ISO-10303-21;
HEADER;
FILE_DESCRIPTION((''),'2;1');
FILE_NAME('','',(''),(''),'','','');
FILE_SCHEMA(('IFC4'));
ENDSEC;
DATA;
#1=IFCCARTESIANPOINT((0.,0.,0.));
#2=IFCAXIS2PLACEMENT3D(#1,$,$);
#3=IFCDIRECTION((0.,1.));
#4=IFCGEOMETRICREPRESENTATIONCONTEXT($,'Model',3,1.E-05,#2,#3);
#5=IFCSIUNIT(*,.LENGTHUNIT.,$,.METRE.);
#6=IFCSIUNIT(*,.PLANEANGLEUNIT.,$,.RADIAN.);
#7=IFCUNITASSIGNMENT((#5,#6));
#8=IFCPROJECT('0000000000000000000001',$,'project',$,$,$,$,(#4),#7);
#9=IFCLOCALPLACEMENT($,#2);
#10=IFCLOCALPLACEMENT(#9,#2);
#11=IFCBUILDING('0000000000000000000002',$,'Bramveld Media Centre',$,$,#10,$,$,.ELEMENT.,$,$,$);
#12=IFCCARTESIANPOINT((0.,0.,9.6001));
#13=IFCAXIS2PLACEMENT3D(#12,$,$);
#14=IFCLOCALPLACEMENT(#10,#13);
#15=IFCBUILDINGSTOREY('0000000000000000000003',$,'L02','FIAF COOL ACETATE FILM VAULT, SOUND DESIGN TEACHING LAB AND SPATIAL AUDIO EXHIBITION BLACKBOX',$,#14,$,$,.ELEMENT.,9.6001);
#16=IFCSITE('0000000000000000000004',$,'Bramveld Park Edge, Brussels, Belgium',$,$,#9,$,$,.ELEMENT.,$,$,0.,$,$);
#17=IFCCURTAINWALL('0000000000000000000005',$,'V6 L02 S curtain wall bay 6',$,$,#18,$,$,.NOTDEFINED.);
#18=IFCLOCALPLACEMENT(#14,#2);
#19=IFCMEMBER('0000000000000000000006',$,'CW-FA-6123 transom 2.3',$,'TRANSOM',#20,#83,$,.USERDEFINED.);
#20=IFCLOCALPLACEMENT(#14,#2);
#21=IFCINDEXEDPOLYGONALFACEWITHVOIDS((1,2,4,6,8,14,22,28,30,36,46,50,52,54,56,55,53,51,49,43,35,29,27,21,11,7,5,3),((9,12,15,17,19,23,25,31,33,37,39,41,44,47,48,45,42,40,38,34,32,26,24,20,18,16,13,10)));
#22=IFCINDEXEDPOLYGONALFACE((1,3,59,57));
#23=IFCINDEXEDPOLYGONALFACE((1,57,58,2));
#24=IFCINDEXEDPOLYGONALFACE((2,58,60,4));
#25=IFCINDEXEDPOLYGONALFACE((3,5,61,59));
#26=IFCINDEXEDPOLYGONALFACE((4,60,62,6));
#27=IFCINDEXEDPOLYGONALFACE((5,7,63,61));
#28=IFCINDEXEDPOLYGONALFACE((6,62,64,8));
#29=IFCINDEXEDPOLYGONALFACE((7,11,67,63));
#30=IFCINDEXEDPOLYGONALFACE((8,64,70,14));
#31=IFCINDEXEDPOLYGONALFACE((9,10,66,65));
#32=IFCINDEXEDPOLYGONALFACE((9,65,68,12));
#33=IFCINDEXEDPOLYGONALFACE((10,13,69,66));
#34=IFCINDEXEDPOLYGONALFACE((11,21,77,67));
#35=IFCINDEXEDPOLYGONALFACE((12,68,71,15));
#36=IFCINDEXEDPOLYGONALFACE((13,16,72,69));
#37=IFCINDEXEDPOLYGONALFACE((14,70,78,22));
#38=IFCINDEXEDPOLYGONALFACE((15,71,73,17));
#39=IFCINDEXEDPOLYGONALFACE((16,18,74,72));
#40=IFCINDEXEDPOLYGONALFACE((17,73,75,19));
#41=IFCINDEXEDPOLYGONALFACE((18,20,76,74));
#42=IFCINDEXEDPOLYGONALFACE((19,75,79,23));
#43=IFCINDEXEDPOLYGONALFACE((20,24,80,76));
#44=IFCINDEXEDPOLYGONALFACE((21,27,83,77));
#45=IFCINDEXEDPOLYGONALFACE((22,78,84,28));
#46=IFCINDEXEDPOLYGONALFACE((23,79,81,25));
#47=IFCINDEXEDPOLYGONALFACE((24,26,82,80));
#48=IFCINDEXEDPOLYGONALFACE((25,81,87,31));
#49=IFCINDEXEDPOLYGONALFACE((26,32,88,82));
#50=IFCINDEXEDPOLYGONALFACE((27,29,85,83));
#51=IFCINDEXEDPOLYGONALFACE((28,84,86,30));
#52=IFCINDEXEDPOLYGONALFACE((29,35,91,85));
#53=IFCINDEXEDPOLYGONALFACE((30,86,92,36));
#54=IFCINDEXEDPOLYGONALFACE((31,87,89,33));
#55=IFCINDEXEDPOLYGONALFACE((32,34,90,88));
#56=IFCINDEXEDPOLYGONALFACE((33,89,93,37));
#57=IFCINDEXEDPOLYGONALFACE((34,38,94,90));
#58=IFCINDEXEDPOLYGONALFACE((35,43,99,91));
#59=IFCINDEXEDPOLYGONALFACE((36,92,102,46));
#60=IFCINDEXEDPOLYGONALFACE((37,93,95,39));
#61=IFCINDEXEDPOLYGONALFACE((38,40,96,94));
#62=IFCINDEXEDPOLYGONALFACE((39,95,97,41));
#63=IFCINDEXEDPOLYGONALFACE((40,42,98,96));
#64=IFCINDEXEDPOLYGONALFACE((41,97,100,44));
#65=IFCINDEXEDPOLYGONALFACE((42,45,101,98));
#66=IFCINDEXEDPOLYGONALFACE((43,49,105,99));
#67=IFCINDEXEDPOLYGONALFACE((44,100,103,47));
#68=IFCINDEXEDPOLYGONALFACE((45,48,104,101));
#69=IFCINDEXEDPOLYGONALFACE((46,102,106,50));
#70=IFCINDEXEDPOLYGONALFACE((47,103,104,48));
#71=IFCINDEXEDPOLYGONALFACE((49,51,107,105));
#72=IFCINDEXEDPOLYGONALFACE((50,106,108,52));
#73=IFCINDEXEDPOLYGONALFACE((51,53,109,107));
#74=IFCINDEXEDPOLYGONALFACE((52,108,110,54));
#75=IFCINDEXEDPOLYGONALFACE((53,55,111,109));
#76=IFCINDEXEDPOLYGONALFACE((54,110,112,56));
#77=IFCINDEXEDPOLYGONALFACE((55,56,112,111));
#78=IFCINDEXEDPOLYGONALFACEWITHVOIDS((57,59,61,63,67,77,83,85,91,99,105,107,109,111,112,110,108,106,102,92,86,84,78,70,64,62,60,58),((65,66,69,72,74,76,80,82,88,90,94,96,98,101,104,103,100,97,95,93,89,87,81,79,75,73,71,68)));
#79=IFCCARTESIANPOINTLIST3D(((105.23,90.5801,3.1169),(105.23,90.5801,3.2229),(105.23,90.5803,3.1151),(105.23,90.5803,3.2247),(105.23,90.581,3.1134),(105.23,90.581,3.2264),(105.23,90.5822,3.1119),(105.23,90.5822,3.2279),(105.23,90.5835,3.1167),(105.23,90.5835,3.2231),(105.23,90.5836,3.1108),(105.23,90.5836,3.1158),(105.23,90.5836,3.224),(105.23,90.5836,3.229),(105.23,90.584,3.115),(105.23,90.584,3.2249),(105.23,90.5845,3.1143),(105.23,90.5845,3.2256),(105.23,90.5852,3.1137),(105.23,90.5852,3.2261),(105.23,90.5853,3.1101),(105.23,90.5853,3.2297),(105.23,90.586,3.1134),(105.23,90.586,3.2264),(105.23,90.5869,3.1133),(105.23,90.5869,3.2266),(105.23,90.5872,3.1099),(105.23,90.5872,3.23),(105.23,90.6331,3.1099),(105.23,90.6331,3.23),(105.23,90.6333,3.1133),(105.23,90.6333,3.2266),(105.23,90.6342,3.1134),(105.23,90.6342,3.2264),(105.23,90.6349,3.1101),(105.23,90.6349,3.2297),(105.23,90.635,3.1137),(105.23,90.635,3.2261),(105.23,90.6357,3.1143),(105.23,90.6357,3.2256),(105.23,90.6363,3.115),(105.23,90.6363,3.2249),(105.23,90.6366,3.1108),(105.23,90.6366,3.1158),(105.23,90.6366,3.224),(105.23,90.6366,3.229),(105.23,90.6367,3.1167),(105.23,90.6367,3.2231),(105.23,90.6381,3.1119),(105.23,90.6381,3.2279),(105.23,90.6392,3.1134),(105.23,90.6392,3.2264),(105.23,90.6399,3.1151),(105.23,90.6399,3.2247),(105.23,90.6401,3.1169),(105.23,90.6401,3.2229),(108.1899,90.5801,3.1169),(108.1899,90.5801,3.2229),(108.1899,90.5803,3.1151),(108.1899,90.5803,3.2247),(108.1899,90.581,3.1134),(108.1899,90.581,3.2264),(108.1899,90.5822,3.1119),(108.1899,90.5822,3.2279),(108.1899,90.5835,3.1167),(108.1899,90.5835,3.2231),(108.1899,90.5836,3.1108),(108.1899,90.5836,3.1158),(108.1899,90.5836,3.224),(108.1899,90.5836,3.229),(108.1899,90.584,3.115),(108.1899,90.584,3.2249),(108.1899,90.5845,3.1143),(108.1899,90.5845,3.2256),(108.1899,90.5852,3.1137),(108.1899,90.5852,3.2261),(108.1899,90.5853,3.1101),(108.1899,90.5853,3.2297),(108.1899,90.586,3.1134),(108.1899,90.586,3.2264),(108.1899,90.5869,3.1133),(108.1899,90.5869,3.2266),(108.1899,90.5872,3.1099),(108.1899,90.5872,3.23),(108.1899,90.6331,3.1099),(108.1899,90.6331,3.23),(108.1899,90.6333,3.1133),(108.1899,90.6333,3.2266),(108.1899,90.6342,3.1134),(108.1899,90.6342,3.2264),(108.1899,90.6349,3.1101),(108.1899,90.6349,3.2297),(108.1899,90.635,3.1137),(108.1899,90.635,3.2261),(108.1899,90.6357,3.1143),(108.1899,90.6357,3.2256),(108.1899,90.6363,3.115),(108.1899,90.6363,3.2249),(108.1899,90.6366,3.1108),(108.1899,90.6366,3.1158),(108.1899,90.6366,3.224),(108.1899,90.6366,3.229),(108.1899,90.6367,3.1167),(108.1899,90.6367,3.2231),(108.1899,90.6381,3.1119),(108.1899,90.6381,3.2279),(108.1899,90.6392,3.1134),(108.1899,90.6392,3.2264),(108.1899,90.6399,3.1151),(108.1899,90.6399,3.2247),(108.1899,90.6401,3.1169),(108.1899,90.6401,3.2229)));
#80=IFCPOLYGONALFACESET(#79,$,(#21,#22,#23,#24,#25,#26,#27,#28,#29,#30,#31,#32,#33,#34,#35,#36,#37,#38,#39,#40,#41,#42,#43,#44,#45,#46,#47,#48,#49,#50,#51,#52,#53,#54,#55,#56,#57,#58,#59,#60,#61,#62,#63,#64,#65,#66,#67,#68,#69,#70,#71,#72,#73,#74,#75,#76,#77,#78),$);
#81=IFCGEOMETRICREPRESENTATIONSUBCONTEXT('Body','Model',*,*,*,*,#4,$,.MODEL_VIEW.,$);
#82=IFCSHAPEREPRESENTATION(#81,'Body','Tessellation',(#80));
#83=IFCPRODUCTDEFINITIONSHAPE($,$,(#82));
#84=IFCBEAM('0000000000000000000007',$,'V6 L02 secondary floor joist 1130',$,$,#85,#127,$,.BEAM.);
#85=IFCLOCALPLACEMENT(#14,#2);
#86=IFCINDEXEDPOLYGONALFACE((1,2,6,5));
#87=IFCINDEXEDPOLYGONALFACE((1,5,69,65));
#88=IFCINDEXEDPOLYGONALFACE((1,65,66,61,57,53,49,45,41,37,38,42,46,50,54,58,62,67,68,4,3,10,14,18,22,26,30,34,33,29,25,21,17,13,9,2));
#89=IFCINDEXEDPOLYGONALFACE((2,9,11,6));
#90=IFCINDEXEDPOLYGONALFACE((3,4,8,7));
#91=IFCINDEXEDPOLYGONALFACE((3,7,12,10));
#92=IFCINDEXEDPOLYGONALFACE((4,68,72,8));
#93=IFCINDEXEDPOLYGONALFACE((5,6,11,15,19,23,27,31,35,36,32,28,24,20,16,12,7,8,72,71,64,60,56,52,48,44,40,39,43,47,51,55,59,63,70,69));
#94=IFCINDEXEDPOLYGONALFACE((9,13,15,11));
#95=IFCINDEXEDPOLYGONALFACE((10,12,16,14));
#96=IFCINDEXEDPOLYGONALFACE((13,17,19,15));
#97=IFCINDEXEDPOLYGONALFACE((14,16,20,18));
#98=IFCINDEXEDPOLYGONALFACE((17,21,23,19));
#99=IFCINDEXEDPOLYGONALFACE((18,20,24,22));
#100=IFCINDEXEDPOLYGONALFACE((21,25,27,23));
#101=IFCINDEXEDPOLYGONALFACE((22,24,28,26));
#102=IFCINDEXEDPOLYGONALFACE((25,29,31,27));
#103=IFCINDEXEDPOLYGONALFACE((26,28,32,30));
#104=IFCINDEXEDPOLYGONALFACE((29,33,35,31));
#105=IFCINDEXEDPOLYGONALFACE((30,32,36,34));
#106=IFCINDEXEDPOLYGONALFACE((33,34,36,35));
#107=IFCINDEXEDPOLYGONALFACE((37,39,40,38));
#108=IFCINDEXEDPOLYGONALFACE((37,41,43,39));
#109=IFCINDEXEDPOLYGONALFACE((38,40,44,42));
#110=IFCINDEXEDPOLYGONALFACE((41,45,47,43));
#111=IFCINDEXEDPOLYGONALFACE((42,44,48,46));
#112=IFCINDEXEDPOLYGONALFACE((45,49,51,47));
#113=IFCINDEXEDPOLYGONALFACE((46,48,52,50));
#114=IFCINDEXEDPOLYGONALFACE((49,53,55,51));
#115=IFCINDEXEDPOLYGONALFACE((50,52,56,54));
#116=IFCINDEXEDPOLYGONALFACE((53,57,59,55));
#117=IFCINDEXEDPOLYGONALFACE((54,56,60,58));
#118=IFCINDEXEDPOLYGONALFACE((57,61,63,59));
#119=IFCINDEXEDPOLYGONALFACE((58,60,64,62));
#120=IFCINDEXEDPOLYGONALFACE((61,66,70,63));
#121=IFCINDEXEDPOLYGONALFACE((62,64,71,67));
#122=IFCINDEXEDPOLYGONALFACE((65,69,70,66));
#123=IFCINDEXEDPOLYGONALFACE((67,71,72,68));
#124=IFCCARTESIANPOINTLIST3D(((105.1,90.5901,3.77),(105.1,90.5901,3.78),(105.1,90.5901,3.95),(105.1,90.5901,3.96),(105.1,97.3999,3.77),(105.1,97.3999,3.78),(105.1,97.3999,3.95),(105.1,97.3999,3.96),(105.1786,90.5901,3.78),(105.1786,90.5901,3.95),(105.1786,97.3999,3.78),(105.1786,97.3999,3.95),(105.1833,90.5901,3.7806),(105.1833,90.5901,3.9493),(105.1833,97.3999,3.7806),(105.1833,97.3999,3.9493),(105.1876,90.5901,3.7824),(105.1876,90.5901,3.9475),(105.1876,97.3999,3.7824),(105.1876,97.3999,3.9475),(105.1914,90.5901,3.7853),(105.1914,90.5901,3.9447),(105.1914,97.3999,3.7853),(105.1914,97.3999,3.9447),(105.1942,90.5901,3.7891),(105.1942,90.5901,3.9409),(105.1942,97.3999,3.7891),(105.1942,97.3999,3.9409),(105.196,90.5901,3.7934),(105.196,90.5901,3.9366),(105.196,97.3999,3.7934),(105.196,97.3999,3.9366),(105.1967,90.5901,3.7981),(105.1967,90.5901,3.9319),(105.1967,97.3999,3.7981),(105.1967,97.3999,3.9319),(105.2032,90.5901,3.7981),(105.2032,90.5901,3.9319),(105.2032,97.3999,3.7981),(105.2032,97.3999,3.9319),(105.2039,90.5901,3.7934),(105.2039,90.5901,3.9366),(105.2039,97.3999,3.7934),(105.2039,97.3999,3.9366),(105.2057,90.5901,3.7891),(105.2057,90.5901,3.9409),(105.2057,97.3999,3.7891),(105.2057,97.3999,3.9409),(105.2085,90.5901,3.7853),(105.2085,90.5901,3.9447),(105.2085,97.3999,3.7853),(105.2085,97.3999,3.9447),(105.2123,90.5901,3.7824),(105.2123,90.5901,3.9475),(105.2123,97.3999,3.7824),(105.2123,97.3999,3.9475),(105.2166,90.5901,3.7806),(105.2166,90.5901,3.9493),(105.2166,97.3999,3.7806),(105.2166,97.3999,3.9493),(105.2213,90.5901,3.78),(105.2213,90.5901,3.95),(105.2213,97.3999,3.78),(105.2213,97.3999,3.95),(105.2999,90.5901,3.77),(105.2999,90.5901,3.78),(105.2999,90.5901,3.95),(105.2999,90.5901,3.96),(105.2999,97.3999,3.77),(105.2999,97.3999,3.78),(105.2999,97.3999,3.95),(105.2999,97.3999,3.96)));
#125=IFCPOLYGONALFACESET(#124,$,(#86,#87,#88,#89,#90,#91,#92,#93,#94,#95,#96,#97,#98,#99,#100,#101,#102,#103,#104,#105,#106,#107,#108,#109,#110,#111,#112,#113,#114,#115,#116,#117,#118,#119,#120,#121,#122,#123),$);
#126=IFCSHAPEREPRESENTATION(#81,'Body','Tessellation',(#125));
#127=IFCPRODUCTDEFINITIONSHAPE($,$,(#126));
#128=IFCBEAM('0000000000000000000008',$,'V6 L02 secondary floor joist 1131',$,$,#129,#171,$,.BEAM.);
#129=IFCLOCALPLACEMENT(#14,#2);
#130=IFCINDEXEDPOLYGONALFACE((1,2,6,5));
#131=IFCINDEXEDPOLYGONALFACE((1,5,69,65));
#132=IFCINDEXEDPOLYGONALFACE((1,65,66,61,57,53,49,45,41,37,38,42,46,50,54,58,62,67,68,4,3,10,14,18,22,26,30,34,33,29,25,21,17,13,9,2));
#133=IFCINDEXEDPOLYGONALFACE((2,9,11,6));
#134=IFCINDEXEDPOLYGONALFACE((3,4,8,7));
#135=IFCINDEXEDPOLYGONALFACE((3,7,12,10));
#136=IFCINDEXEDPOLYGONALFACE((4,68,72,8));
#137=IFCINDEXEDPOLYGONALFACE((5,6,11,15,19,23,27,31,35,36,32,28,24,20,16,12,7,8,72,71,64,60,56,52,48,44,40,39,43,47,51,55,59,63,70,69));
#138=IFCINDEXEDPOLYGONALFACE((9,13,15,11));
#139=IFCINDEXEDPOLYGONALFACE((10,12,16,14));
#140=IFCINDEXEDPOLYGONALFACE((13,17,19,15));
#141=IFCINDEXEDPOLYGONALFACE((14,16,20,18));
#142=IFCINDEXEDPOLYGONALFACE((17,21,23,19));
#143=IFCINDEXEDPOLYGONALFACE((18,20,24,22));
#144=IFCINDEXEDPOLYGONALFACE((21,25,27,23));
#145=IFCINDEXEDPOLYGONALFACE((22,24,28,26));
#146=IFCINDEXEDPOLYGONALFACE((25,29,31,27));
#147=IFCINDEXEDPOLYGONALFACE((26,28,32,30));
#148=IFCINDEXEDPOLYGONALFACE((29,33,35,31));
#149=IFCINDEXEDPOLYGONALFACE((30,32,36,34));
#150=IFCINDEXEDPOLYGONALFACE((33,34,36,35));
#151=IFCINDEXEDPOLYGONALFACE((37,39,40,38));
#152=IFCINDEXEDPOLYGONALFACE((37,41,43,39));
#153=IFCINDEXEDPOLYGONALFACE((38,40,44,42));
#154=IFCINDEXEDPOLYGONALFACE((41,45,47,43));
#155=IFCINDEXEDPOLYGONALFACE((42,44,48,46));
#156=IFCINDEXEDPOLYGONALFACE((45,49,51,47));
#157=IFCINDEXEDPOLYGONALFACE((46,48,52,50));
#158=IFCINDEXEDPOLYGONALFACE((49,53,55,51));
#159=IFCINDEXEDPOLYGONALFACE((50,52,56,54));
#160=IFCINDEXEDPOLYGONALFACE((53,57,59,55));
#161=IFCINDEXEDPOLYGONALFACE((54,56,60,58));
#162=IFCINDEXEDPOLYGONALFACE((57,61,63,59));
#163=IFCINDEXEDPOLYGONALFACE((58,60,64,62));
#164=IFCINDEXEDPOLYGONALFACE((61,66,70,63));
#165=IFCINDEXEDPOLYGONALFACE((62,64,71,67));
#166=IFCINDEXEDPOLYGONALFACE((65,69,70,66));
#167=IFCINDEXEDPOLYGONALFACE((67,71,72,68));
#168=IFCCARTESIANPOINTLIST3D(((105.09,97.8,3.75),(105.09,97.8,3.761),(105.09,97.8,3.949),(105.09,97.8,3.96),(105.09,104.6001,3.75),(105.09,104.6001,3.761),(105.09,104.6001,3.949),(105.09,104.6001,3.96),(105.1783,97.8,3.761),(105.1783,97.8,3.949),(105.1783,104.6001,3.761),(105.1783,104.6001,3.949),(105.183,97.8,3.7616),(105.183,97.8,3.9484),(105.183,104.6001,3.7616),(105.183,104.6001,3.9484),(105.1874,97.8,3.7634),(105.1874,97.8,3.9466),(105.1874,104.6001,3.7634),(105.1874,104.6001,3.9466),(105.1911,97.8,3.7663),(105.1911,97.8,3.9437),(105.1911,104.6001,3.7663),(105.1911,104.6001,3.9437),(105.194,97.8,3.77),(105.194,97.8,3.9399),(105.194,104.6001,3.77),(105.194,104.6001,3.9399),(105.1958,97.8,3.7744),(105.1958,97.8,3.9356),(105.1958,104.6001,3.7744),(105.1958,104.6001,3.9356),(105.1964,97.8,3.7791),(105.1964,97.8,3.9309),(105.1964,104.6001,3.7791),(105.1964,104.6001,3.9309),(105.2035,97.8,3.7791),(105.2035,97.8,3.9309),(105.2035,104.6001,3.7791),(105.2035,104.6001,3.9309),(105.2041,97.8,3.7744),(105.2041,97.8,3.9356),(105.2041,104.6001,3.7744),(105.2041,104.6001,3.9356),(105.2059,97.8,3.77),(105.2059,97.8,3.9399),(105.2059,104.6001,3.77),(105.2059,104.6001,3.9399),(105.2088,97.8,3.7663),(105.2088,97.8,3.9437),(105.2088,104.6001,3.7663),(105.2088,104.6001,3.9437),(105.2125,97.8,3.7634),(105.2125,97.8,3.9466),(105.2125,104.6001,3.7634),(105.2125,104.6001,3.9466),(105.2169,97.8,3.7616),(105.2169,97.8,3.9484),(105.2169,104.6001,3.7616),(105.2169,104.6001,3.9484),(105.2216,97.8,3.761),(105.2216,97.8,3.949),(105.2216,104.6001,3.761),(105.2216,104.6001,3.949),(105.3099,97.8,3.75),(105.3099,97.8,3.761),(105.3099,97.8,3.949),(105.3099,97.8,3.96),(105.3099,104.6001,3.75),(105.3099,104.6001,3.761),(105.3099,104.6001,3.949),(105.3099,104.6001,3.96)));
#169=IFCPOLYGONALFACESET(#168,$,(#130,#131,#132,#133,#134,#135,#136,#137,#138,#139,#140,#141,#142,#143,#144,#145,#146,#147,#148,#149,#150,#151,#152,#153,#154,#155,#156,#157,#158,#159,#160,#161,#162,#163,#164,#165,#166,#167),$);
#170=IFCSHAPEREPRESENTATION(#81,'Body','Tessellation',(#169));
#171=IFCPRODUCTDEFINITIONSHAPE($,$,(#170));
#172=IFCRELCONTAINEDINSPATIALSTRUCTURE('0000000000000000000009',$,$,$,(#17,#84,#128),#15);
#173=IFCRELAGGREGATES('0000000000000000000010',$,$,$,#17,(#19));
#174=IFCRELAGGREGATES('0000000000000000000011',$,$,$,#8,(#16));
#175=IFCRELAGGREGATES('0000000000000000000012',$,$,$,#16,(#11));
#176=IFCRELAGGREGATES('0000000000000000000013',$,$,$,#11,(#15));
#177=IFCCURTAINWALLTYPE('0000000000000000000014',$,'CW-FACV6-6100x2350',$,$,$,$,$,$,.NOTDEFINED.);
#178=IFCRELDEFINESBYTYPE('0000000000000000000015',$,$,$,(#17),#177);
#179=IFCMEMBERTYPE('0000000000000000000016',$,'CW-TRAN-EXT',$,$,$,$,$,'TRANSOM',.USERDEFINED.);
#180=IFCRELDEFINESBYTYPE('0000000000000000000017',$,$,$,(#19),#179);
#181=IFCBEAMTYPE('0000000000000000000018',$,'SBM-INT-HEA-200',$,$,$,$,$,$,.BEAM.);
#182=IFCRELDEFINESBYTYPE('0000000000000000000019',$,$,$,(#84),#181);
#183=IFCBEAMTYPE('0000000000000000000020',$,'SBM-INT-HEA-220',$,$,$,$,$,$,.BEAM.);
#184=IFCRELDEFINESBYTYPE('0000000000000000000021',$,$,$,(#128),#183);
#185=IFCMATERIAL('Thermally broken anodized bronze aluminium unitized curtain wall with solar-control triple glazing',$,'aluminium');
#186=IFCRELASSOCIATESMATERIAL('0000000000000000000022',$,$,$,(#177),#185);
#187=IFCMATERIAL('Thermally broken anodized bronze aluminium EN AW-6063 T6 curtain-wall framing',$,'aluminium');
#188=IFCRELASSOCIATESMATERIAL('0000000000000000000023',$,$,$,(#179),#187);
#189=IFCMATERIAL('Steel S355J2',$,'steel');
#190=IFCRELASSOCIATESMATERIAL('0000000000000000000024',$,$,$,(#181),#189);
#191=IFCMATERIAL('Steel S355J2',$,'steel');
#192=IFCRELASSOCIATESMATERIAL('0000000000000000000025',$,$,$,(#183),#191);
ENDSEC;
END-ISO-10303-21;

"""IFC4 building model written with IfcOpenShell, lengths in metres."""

from ifc_helpers import new_model, si_unit, direction, frame, origin, origin_2d, place, context, subcontext, project, spatial, hollow_rectangle, i_section, extrude, material, material_profile, profile_set, type_object, element, aggregate, save


model = new_model("IFC4")

# Units and contexts
model_context = context("Model", 3, precision=1e-05, world=origin(), true_north=direction((0.0, 1.0)))
body_context = subcontext(model_context, "Body", "Model", "MODEL_VIEW")
ifc_project = project(units=[si_unit("LENGTHUNIT", "METRE"), si_unit("PLANEANGLEUNIT", "RADIAN")], contexts=[model_context])

# Site, building, storey
site_placement = place(None, origin())
site = spatial("IfcSite", under=ifc_project, at=site_placement, Name="Bramveld Park Edge, Brussels, Belgium", CompositionType="ELEMENT", RefElevation=0.0)
building_placement = place(site_placement, origin())
building = spatial("IfcBuilding", under=site, at=building_placement, Name="Bramveld Media Centre", CompositionType="ELEMENT")
storey_placement = place(building_placement, frame((0.0, 0.0, 9.6001)))
storey = spatial("IfcBuildingStorey", under=building, at=storey_placement, Name="L02", Description="FIAF COOL ACETATE FILM VAULT, SOUND DESIGN TEACHING LAB AND SPATIAL AUDIO EXHIBITION BLACKBOX", CompositionType="ELEMENT", Elevation=9.6001)

# Curtain wall
ifc_material_1 = material(Name="Thermally broken anodized bronze aluminium unitized curtain wall with solar-control triple glazing", Category="aluminium")
curtain_wall_type = type_object("IfcCurtainWallType", Name="CW-FACV6-6100x2350", PredefinedType="NOTDEFINED", material=ifc_material_1)
curtain_wall_1_placement = place(storey_placement, origin())
curtain_wall_1 = element("IfcCurtainWall", 1, at=curtain_wall_1_placement, inside=storey, type_object=curtain_wall_type, Name="V6 L02 S curtain wall bay 6", PredefinedType="NOTDEFINED")

# Member
ifc_material_2 = material(Name="Thermally broken anodized bronze aluminium EN AW-6063 T6 curtain-wall framing", Category="aluminium")
ifc_material_profile_1 = material_profile(ifc_material_2, hollow_rectangle(XDim=0.0601, YDim=0.1201, WallThickness=0.0034, InnerFilletRadius=0.0034, OuterFilletRadius=0.0071, at=origin_2d()), Name="AL-TRAN 60x120")
ifc_profile_set_1 = profile_set([ifc_material_profile_1], Name="Thermally broken anodized bronze aluminium EN AW-6063 T6 curtain-wall framing")
member_type_1 = type_object("IfcMemberType", Name="CW-TRAN-EXT", ElementType="TRANSOM", PredefinedType="USERDEFINED", material=ifc_profile_set_1)
member_1_placement = place(storey_placement, frame((105.23, 90.6101, 3.1699), z_axis=(1.0, 0.0, 0.0), x_axis=(0.0, 1.0, 0.0)))
member_1 = element("IfcMember", 2, at=member_1_placement, type_object=member_type_1, Name="CW-FA-6123 transom 2.3", ObjectType="TRANSOM", PredefinedType="USERDEFINED", context=body_context, shape_type="SweptSolid", body=[
    extrude(hollow_rectangle(XDim=0.0601, YDim=0.1201, WallThickness=0.0034, InnerFilletRadius=0.0034, OuterFilletRadius=0.0071, at=origin_2d()), origin(), (0.0, 0.0, 1.0), 2.96),
])

# Beams
ifc_material_3 = material(Name="Steel S355J2", Category="steel")
ifc_material_profile_2 = material_profile(ifc_material_3, i_section(OverallWidth=0.2, OverallDepth=0.1899, WebThickness=0.0066, FlangeThickness=0.01, FilletRadius=0.0181, at=origin_2d()), Name="HEA 200")
ifc_profile_set_2 = profile_set([ifc_material_profile_2], Name="Steel S355J2")
beam_type_1 = type_object("IfcBeamType", Name="SBM-INT-HEA-200", PredefinedType="BEAM", material=ifc_profile_set_2)
beam_1_placement = place(storey_placement, frame((105.2, 90.5901, 3.865), z_axis=(0.0, 1.0, 0.0), x_axis=(-1.0, 0.0, 0.0)))
element("IfcBeam", 3, at=beam_1_placement, inside=storey, type_object=beam_type_1, Name="V6 L02 secondary floor joist 1130", PredefinedType="BEAM", context=body_context, shape_type="SweptSolid", body=[
    extrude(i_section(OverallWidth=0.2, OverallDepth=0.1899, WebThickness=0.0066, FlangeThickness=0.01, FilletRadius=0.0181, at=origin_2d()), origin(), (0.0, 0.0, 1.0), 6.8098),
])
ifc_material_4 = material(Name="Steel S355J2", Category="steel")
ifc_material_profile_3 = material_profile(ifc_material_4, i_section(OverallWidth=0.22, OverallDepth=0.21, WebThickness=0.0071, FlangeThickness=0.011, FilletRadius=0.0181, at=origin_2d()), Name="HEA 220")
ifc_profile_set_3 = profile_set([ifc_material_profile_3], Name="Steel S355J2")
beam_type_2 = type_object("IfcBeamType", Name="SBM-INT-HEA-220", PredefinedType="BEAM", material=ifc_profile_set_3)
beam_2_placement = place(storey_placement, frame((105.2, 97.8, 3.855), z_axis=(0.0, 1.0, 0.0), x_axis=(-1.0, 0.0, 0.0)))
element("IfcBeam", 4, at=beam_2_placement, inside=storey, type_object=beam_type_2, Name="V6 L02 secondary floor joist 1131", PredefinedType="BEAM", context=body_context, shape_type="SweptSolid", body=[
    extrude(i_section(OverallWidth=0.22, OverallDepth=0.21, WebThickness=0.0071, FlangeThickness=0.011, FilletRadius=0.0181, at=origin_2d()), origin(), (0.0, 0.0, 1.0), 6.8),
])

aggregate(curtain_wall_1, [member_1])

save(model, "model.ifc")
